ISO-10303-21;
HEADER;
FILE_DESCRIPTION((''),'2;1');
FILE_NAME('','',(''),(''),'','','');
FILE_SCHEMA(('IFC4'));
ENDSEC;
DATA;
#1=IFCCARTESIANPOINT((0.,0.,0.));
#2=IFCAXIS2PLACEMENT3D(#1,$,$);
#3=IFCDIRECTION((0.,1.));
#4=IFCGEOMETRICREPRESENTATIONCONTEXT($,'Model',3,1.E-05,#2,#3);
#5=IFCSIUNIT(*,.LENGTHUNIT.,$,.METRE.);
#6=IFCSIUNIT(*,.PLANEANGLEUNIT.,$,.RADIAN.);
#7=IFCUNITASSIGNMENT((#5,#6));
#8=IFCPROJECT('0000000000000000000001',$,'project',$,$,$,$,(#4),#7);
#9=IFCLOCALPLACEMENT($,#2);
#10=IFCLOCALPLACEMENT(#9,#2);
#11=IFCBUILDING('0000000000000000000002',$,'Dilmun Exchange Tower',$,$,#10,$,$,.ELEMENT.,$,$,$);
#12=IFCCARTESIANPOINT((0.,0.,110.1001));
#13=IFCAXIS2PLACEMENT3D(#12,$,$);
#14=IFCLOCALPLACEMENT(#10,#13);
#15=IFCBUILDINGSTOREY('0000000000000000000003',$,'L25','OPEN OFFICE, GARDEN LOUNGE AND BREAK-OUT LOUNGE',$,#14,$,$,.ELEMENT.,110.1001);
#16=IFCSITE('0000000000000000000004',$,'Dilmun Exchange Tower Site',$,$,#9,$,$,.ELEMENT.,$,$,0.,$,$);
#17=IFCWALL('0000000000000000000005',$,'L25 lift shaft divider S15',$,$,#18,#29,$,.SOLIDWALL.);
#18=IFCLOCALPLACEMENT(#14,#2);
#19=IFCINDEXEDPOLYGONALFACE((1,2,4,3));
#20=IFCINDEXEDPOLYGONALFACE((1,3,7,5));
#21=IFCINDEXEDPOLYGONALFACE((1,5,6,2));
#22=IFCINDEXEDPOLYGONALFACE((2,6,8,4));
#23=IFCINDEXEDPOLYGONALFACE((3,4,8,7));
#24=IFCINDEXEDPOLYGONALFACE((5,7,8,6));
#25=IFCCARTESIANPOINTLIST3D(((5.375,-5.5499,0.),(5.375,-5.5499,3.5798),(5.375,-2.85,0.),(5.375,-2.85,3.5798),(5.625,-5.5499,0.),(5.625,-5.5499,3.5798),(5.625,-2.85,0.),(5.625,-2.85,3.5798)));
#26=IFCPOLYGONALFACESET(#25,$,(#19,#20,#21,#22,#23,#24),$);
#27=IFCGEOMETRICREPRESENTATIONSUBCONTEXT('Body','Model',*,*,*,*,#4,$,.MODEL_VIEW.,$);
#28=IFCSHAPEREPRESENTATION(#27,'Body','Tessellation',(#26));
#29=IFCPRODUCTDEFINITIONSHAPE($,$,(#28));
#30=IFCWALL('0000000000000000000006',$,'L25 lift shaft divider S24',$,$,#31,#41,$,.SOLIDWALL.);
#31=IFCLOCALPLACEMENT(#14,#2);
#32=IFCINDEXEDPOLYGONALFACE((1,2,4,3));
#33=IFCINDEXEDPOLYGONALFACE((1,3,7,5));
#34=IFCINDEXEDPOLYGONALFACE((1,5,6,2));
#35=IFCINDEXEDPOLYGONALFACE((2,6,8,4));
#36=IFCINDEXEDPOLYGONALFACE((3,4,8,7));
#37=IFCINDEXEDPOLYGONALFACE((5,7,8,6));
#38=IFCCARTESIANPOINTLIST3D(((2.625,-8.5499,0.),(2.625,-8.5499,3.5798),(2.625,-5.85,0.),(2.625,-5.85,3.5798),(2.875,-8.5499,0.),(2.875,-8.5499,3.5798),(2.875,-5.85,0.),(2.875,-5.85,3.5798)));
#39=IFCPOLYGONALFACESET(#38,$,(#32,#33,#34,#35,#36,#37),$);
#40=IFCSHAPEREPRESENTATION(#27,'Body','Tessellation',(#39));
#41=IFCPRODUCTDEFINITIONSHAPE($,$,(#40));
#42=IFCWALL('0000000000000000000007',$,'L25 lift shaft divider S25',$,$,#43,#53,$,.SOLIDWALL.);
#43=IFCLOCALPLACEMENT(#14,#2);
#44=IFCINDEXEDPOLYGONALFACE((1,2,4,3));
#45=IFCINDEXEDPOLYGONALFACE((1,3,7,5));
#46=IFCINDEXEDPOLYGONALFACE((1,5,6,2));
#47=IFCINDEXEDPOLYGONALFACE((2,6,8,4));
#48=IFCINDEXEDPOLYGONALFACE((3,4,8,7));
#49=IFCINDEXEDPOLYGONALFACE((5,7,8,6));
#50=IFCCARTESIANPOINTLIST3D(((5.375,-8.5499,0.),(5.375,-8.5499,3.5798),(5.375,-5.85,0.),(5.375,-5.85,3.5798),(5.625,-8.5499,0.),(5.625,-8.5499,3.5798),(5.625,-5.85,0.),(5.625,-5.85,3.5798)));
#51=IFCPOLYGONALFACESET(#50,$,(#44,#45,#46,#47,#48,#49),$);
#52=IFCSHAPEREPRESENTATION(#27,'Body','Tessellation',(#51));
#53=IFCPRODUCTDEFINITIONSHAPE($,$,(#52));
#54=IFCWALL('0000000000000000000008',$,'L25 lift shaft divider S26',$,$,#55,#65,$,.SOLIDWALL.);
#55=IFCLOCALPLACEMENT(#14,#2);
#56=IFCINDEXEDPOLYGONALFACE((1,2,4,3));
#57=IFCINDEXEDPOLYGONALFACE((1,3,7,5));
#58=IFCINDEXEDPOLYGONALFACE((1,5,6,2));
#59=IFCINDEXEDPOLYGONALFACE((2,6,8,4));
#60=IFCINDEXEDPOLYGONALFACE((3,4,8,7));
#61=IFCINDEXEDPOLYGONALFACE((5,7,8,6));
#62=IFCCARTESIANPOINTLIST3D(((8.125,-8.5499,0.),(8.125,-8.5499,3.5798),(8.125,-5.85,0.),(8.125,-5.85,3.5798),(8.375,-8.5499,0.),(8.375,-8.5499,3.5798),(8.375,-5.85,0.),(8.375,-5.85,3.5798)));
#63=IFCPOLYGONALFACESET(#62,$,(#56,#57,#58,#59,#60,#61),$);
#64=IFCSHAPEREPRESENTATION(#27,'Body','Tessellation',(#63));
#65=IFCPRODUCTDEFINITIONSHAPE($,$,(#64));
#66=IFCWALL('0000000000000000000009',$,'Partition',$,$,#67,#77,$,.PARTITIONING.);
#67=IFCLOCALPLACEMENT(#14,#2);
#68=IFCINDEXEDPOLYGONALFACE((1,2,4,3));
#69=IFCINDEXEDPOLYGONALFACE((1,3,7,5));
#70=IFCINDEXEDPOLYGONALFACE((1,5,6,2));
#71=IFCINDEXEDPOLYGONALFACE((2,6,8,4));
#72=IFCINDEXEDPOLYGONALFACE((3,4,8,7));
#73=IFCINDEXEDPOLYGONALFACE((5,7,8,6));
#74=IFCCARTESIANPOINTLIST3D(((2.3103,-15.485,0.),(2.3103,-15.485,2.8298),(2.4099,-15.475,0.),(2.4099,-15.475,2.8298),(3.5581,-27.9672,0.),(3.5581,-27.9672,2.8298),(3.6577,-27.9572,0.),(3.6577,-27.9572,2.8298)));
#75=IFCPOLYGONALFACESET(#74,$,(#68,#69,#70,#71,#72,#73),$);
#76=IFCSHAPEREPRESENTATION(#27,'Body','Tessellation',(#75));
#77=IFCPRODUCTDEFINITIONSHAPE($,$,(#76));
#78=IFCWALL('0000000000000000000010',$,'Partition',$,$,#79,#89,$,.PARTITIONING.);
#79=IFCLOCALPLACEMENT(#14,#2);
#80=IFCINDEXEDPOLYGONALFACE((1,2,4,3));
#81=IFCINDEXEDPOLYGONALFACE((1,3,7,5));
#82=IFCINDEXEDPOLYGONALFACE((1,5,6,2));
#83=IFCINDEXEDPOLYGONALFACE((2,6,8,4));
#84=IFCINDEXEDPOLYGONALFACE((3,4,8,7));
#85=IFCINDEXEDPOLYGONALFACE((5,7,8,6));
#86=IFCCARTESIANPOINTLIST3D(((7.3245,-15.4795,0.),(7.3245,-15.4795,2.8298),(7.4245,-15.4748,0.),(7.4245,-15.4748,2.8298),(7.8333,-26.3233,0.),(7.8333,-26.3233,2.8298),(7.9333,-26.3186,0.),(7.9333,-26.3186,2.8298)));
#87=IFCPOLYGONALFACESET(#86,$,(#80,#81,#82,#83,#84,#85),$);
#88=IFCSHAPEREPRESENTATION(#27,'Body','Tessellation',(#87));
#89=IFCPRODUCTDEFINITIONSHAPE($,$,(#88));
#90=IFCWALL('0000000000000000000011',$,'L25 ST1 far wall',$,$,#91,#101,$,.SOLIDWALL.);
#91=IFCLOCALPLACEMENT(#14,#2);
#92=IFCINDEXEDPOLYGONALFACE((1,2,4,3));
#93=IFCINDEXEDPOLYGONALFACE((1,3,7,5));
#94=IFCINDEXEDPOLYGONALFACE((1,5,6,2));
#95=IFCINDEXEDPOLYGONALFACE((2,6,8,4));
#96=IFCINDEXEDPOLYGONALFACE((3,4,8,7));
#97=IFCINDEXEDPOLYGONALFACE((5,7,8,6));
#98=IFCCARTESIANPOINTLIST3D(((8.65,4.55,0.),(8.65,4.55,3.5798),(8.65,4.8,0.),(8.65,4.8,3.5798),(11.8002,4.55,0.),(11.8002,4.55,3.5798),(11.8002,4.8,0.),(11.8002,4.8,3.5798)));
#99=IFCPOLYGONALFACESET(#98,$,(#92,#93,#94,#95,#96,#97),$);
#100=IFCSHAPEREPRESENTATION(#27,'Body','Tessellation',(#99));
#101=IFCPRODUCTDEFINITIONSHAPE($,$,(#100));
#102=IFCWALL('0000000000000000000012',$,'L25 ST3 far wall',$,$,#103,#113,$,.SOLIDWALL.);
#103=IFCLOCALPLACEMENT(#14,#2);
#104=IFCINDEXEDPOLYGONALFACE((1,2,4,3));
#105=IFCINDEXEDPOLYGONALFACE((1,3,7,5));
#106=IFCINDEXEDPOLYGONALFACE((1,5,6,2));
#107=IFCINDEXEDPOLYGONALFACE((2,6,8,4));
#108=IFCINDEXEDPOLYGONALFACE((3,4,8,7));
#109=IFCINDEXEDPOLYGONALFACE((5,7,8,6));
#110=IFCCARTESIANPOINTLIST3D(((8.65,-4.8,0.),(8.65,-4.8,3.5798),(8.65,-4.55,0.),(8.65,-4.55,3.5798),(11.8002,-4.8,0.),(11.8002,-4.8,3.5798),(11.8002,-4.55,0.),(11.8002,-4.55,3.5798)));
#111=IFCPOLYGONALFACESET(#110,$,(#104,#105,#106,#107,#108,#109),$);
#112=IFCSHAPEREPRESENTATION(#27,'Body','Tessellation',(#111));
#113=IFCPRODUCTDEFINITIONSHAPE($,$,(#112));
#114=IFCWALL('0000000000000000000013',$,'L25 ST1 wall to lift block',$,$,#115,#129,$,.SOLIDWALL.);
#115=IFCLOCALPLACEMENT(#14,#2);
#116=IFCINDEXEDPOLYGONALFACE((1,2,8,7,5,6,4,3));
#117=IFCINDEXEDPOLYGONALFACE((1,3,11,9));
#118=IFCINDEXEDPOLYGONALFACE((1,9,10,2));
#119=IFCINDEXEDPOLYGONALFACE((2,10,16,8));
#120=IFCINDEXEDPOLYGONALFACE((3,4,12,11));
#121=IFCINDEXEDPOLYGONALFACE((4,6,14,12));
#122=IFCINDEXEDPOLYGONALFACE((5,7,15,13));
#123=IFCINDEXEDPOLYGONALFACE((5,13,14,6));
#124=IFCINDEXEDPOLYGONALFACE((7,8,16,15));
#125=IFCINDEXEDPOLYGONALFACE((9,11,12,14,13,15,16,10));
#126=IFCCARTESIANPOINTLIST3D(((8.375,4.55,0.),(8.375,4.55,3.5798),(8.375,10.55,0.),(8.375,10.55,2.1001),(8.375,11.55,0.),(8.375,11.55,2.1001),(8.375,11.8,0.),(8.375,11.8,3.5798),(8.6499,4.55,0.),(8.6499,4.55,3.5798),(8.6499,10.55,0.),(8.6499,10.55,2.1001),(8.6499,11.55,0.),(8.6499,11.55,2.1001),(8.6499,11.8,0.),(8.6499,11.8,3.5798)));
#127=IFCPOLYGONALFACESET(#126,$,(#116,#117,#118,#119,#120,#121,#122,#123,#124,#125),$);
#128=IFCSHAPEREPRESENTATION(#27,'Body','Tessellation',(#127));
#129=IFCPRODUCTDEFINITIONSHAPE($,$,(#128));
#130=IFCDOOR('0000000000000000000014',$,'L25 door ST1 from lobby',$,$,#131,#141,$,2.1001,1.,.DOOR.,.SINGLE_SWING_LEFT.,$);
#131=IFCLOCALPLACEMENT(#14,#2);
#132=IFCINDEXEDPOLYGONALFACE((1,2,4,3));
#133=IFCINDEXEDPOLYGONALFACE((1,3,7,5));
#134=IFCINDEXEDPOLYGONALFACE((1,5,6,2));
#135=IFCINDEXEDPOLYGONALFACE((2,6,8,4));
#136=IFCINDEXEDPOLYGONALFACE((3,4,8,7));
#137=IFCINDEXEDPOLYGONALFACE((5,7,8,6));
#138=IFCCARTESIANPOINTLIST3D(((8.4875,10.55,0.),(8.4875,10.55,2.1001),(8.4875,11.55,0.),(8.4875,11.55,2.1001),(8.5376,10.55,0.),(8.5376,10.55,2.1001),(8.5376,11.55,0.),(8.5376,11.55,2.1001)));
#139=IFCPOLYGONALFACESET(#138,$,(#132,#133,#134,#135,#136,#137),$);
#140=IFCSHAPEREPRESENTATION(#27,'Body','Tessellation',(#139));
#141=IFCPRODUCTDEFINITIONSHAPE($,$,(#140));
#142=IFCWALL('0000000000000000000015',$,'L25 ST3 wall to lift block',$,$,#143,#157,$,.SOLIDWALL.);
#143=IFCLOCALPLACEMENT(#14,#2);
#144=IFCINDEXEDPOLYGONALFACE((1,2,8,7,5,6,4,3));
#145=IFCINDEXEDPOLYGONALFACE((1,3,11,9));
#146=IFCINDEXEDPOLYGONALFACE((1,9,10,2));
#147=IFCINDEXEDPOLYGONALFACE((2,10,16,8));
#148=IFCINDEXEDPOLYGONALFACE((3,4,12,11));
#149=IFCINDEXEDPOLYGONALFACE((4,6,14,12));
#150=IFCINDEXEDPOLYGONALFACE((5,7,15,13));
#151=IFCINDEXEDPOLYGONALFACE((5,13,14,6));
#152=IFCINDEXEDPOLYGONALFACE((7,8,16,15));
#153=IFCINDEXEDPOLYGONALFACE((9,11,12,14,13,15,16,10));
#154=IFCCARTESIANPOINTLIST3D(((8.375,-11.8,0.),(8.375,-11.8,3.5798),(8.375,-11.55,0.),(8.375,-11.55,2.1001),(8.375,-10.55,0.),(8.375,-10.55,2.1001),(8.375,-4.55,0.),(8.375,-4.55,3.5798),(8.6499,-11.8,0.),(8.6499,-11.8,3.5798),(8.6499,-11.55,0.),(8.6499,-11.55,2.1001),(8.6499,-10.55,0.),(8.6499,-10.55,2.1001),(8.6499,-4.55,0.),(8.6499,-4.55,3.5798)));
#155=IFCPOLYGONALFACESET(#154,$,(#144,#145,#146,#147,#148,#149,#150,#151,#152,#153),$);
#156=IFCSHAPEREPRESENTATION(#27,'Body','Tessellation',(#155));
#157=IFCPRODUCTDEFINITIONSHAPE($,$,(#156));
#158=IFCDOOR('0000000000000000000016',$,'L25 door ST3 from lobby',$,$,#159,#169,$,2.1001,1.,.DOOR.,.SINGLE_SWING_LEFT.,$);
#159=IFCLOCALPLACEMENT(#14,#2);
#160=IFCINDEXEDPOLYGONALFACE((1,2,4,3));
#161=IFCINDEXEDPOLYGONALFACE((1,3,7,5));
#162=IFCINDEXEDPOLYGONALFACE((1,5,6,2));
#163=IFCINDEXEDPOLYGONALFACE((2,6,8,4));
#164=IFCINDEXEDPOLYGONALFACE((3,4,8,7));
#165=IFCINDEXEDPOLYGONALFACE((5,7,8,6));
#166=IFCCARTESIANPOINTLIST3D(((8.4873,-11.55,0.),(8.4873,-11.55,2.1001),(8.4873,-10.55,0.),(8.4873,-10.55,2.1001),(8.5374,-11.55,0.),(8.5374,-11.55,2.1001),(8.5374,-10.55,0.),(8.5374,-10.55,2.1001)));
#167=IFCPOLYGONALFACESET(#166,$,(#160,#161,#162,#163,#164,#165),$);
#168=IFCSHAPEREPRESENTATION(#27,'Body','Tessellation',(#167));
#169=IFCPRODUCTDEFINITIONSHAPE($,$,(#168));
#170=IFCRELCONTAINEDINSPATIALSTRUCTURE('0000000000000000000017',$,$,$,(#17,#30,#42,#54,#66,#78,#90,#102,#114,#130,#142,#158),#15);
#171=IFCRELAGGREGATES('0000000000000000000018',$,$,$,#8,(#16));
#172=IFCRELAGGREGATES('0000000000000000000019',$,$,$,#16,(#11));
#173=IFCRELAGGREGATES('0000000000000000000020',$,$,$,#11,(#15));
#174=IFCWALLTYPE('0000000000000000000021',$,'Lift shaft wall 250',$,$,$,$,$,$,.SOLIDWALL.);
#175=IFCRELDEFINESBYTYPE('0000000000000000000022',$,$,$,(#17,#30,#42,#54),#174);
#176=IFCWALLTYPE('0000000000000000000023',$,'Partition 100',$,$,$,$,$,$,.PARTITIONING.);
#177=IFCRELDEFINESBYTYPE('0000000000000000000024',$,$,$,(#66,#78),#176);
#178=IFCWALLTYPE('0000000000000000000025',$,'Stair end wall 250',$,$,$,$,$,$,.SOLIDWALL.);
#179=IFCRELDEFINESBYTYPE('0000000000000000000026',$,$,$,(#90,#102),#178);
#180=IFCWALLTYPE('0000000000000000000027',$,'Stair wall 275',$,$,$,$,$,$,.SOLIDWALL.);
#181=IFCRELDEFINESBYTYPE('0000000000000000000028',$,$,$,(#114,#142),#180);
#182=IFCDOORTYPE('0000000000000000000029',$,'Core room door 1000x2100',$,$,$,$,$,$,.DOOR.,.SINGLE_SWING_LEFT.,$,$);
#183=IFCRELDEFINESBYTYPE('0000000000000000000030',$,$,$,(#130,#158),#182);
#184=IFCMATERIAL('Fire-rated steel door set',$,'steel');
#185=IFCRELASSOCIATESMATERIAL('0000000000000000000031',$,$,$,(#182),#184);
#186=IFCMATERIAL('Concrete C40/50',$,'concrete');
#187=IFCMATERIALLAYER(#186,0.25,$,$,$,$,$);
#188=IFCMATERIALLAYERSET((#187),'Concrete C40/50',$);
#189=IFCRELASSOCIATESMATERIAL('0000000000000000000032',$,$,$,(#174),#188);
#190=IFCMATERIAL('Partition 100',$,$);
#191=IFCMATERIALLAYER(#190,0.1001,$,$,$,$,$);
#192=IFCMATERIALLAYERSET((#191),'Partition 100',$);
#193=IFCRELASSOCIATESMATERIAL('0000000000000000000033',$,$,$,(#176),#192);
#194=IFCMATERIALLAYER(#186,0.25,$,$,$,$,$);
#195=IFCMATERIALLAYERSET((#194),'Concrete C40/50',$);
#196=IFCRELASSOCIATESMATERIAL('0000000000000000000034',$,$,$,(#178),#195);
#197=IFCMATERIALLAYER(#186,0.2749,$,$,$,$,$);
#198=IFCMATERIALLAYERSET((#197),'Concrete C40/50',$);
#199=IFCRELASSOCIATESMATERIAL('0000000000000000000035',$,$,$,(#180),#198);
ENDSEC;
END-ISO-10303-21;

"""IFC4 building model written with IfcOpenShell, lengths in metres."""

from ifc_helpers import new_model, si_unit, direction, frame, frame_2d, origin, place, context, subcontext, project, spatial, rectangle, extrude, material, layer, layer_set, type_object, element, fill, save


model = new_model("IFC4")

# Units and contexts
model_context = context("Model", 3, precision=1e-05, world=origin(), true_north=direction((0.0, 1.0)))
body_context = subcontext(model_context, "Body", "Model", "MODEL_VIEW")
ifc_project = project(units=[si_unit("LENGTHUNIT", "METRE"), si_unit("PLANEANGLEUNIT", "RADIAN")], contexts=[model_context])

# Site, building, storey
site_placement = place(None, origin())
site = spatial("IfcSite", under=ifc_project, at=site_placement, Name="Dilmun Exchange Tower Site", CompositionType="ELEMENT", RefElevation=0.0)
building_placement = place(site_placement, origin())
building = spatial("IfcBuilding", under=site, at=building_placement, Name="Dilmun Exchange Tower", CompositionType="ELEMENT")
storey_placement = place(building_placement, frame((0.0, 0.0, 110.1001)))
storey = spatial("IfcBuildingStorey", under=building, at=storey_placement, Name="L25", Description="OPEN OFFICE, GARDEN LOUNGE AND BREAK-OUT LOUNGE", CompositionType="ELEMENT", Elevation=110.1001)

# Shared definitions
ifc_material_1 = material(Name="Concrete C40/50", Category="concrete")

# Shared definitions
ifc_material_2 = material(Name="Fire-rated steel door set", Category="steel")

# Shared definitions
door_type_1 = type_object("IfcDoorType", Name="Core room door 1000x2100", OperationType="SINGLE_SWING_LEFT", PredefinedType="DOOR", material=ifc_material_2)

# Walls
ifc_layer_1 = layer(ifc_material_1, 0.25)
ifc_layer_set_1 = layer_set([ifc_layer_1], Name="Concrete C40/50")
wall_type_1 = type_object("IfcWallType", Name="Lift shaft wall 250", PredefinedType="SOLIDWALL", material=ifc_layer_set_1)
for number, where, z_axis, x_axis, name in (
    (1, (5.5, -5.55, 0.0), (0.0, 0.0, 1.0), (0.0, 1.0, 0.0), "L25 lift shaft divider S15"),
    (2, (2.75, -8.55, 0.0), (0.0, 0.0, 1.0), (0.0, 1.0, 0.0), "L25 lift shaft divider S24"),
    (3, (5.5, -8.55, 0.0), (0.0, 0.0, 1.0), (0.0, 1.0, 0.0), "L25 lift shaft divider S25"),
    (4, (8.25, -8.55, 0.0), (0.0, 0.0, 1.0), (0.0, 1.0, 0.0), "L25 lift shaft divider S26"),
):
    element("IfcWall", number, at=place(storey_placement, frame(where, z_axis=z_axis, x_axis=x_axis)), inside=storey, type_object=wall_type_1, Name=name, PredefinedType="SOLIDWALL", context=body_context, shape_type="SweptSolid", body=[
        extrude(rectangle(XDim=2.7, YDim=0.25, at=frame_2d((1.3501, 0.0))), origin(), (0.0, 0.0, 1.0), 3.5798),
    ])
ifc_material_3 = material(Name="Partition 100")
ifc_layer_2 = layer(ifc_material_3, 0.1001)
ifc_layer_set_2 = layer_set([ifc_layer_2], Name="Partition 100")
wall_type_2 = type_object("IfcWallType", Name="Partition 100", PredefinedType="PARTITIONING", material=ifc_layer_set_2)
wall_1_placement = place(storey_placement, frame((2.3601, -15.48, 0.0), z_axis=(0.0, 0.0, 1.0), x_axis=(0.099471, -0.99504, 0.0)))
element("IfcWall", 5, at=wall_1_placement, inside=storey, type_object=wall_type_2, Name="Partition", PredefinedType="PARTITIONING", context=body_context, shape_type="SweptSolid", body=[
    extrude(rectangle(XDim=12.5444, YDim=0.1001, at=frame_2d((6.2722, 0.0))), origin(), (0.0, 0.0, 1.0), 2.8298),
])
wall_2_placement = place(storey_placement, frame((7.3745, -15.4773, 0.0), z_axis=(0.0, 0.0, 1.0), x_axis=(0.046868, -0.998901, 0.0)))
element("IfcWall", 6, at=wall_2_placement, inside=storey, type_object=wall_type_2, Name="Partition", PredefinedType="PARTITIONING", context=body_context, shape_type="SweptSolid", body=[
    extrude(rectangle(XDim=10.8557, YDim=0.1001, at=frame_2d((5.4277, 0.0))), origin(), (0.0, 0.0, 1.0), 2.8298),
])
ifc_layer_3 = layer(ifc_material_1, 0.25)
ifc_layer_set_3 = layer_set([ifc_layer_3], Name="Concrete C40/50")
wall_type_3 = type_object("IfcWallType", Name="Stair end wall 250", PredefinedType="SOLIDWALL", material=ifc_layer_set_3)
for number, where, z_axis, x_axis, name in (
    (7, (8.6499, 4.675, 0.0), (0.0, 0.0, 1.0), (1.0, 0.0, 0.0), "L25 ST1 far wall"),
    (8, (8.6499, -4.675, 0.0), (0.0, 0.0, 1.0), (1.0, 0.0, 0.0), "L25 ST3 far wall"),
):
    element("IfcWall", number, at=place(storey_placement, frame(where, z_axis=z_axis, x_axis=x_axis)), inside=storey, type_object=wall_type_3, Name=name, PredefinedType="SOLIDWALL", context=body_context, shape_type="SweptSolid", body=[
        extrude(rectangle(XDim=3.1501, YDim=0.25, at=frame_2d((1.5752, 0.0))), origin(), (0.0, 0.0, 1.0), 3.5798),
    ])

# Walls, openings, doors
ifc_layer_4 = layer(ifc_material_1, 0.2749)
ifc_layer_set_4 = layer_set([ifc_layer_4], Name="Concrete C40/50")
wall_type_4 = type_object("IfcWallType", Name="Stair wall 275", PredefinedType="SOLIDWALL", material=ifc_layer_set_4)
wall_3_placement = place(storey_placement, frame((8.5125, 4.55, 0.0), z_axis=(0.0, 0.0, 1.0), x_axis=(0.0, 1.0, 0.0)))
wall_3 = element("IfcWall", 9, at=wall_3_placement, inside=storey, type_object=wall_type_4, Name="L25 ST1 wall to lift block", PredefinedType="SOLIDWALL", context=body_context, shape_type="SweptSolid", body=[
    extrude(rectangle(XDim=7.25, YDim=0.2749, at=frame_2d((3.625, 0.0))), origin(), (0.0, 0.0, 1.0), 3.5798),
])
opening_1_placement = place(wall_3_placement, frame((6.0, 0.0, 0.0)))
opening_1 = element("IfcOpeningElement", 10, at=opening_1_placement, cuts=wall_3, PredefinedType="OPENING", context=body_context, shape_type="SweptSolid", body=[
    extrude(rectangle(XDim=1.0, YDim=2.1001, at=frame_2d((0.5, 1.05))), frame((0.0, 0.1475, 0.0), z_axis=(0.0, -1.0, 0.0), x_axis=(1.0, 0.0, 0.0)), (0.0, 0.0, 1.0), 0.2949),
])
door_1_placement = place(opening_1_placement, origin())
door_1 = element("IfcDoor", 11, at=door_1_placement, inside=storey, type_object=door_type_1, Name="L25 door ST1 from lobby", OperationType="SINGLE_SWING_LEFT", OverallHeight=2.1001, OverallWidth=1.0, PredefinedType="DOOR", context=body_context, shape_type="SweptSolid", body=[
    extrude(rectangle(XDim=1.0, YDim=2.1001, at=frame_2d((0.5, 1.05))), frame((0.0, 0.0249, 0.0), z_axis=(0.0, -1.0, 0.0), x_axis=(1.0, 0.0, 0.0)), (0.0, 0.0, 1.0), 0.05),
])
fill(opening_1, door_1)
wall_4_placement = place(storey_placement, frame((8.5125, -4.55, 0.0), z_axis=(0.0, 0.0, 1.0), x_axis=(0.0, -1.0, 0.0)))
wall_4 = element("IfcWall", 12, at=wall_4_placement, inside=storey, type_object=wall_type_4, Name="L25 ST3 wall to lift block", PredefinedType="SOLIDWALL", context=body_context, shape_type="SweptSolid", body=[
    extrude(rectangle(XDim=7.25, YDim=0.2749, at=frame_2d((3.625, 0.0))), origin(), (0.0, 0.0, 1.0), 3.5798),
])
opening_2_placement = place(wall_4_placement, frame((6.0, 0.0, 0.0)))
opening_2 = element("IfcOpeningElement", 13, at=opening_2_placement, cuts=wall_4, PredefinedType="OPENING", context=body_context, shape_type="SweptSolid", body=[
    extrude(rectangle(XDim=1.0, YDim=2.1001, at=frame_2d((0.5, 1.05))), frame((0.0, 0.1475, 0.0), z_axis=(0.0, -1.0, 0.0), x_axis=(1.0, 0.0, 0.0)), (0.0, 0.0, 1.0), 0.2949),
])
door_2_placement = place(opening_2_placement, origin())
door_2 = element("IfcDoor", 14, at=door_2_placement, inside=storey, type_object=door_type_1, Name="L25 door ST3 from lobby", OperationType="SINGLE_SWING_LEFT", OverallHeight=2.1001, OverallWidth=1.0, PredefinedType="DOOR", context=body_context, shape_type="SweptSolid", body=[
    extrude(rectangle(XDim=1.0, YDim=2.1001, at=frame_2d((0.5, 1.05))), frame((0.0, 0.0249, 0.0), z_axis=(0.0, -1.0, 0.0), x_axis=(1.0, 0.0, 0.0)), (0.0, 0.0, 1.0), 0.05),
])
fill(opening_2, door_2)

save(model, "model.ifc")
